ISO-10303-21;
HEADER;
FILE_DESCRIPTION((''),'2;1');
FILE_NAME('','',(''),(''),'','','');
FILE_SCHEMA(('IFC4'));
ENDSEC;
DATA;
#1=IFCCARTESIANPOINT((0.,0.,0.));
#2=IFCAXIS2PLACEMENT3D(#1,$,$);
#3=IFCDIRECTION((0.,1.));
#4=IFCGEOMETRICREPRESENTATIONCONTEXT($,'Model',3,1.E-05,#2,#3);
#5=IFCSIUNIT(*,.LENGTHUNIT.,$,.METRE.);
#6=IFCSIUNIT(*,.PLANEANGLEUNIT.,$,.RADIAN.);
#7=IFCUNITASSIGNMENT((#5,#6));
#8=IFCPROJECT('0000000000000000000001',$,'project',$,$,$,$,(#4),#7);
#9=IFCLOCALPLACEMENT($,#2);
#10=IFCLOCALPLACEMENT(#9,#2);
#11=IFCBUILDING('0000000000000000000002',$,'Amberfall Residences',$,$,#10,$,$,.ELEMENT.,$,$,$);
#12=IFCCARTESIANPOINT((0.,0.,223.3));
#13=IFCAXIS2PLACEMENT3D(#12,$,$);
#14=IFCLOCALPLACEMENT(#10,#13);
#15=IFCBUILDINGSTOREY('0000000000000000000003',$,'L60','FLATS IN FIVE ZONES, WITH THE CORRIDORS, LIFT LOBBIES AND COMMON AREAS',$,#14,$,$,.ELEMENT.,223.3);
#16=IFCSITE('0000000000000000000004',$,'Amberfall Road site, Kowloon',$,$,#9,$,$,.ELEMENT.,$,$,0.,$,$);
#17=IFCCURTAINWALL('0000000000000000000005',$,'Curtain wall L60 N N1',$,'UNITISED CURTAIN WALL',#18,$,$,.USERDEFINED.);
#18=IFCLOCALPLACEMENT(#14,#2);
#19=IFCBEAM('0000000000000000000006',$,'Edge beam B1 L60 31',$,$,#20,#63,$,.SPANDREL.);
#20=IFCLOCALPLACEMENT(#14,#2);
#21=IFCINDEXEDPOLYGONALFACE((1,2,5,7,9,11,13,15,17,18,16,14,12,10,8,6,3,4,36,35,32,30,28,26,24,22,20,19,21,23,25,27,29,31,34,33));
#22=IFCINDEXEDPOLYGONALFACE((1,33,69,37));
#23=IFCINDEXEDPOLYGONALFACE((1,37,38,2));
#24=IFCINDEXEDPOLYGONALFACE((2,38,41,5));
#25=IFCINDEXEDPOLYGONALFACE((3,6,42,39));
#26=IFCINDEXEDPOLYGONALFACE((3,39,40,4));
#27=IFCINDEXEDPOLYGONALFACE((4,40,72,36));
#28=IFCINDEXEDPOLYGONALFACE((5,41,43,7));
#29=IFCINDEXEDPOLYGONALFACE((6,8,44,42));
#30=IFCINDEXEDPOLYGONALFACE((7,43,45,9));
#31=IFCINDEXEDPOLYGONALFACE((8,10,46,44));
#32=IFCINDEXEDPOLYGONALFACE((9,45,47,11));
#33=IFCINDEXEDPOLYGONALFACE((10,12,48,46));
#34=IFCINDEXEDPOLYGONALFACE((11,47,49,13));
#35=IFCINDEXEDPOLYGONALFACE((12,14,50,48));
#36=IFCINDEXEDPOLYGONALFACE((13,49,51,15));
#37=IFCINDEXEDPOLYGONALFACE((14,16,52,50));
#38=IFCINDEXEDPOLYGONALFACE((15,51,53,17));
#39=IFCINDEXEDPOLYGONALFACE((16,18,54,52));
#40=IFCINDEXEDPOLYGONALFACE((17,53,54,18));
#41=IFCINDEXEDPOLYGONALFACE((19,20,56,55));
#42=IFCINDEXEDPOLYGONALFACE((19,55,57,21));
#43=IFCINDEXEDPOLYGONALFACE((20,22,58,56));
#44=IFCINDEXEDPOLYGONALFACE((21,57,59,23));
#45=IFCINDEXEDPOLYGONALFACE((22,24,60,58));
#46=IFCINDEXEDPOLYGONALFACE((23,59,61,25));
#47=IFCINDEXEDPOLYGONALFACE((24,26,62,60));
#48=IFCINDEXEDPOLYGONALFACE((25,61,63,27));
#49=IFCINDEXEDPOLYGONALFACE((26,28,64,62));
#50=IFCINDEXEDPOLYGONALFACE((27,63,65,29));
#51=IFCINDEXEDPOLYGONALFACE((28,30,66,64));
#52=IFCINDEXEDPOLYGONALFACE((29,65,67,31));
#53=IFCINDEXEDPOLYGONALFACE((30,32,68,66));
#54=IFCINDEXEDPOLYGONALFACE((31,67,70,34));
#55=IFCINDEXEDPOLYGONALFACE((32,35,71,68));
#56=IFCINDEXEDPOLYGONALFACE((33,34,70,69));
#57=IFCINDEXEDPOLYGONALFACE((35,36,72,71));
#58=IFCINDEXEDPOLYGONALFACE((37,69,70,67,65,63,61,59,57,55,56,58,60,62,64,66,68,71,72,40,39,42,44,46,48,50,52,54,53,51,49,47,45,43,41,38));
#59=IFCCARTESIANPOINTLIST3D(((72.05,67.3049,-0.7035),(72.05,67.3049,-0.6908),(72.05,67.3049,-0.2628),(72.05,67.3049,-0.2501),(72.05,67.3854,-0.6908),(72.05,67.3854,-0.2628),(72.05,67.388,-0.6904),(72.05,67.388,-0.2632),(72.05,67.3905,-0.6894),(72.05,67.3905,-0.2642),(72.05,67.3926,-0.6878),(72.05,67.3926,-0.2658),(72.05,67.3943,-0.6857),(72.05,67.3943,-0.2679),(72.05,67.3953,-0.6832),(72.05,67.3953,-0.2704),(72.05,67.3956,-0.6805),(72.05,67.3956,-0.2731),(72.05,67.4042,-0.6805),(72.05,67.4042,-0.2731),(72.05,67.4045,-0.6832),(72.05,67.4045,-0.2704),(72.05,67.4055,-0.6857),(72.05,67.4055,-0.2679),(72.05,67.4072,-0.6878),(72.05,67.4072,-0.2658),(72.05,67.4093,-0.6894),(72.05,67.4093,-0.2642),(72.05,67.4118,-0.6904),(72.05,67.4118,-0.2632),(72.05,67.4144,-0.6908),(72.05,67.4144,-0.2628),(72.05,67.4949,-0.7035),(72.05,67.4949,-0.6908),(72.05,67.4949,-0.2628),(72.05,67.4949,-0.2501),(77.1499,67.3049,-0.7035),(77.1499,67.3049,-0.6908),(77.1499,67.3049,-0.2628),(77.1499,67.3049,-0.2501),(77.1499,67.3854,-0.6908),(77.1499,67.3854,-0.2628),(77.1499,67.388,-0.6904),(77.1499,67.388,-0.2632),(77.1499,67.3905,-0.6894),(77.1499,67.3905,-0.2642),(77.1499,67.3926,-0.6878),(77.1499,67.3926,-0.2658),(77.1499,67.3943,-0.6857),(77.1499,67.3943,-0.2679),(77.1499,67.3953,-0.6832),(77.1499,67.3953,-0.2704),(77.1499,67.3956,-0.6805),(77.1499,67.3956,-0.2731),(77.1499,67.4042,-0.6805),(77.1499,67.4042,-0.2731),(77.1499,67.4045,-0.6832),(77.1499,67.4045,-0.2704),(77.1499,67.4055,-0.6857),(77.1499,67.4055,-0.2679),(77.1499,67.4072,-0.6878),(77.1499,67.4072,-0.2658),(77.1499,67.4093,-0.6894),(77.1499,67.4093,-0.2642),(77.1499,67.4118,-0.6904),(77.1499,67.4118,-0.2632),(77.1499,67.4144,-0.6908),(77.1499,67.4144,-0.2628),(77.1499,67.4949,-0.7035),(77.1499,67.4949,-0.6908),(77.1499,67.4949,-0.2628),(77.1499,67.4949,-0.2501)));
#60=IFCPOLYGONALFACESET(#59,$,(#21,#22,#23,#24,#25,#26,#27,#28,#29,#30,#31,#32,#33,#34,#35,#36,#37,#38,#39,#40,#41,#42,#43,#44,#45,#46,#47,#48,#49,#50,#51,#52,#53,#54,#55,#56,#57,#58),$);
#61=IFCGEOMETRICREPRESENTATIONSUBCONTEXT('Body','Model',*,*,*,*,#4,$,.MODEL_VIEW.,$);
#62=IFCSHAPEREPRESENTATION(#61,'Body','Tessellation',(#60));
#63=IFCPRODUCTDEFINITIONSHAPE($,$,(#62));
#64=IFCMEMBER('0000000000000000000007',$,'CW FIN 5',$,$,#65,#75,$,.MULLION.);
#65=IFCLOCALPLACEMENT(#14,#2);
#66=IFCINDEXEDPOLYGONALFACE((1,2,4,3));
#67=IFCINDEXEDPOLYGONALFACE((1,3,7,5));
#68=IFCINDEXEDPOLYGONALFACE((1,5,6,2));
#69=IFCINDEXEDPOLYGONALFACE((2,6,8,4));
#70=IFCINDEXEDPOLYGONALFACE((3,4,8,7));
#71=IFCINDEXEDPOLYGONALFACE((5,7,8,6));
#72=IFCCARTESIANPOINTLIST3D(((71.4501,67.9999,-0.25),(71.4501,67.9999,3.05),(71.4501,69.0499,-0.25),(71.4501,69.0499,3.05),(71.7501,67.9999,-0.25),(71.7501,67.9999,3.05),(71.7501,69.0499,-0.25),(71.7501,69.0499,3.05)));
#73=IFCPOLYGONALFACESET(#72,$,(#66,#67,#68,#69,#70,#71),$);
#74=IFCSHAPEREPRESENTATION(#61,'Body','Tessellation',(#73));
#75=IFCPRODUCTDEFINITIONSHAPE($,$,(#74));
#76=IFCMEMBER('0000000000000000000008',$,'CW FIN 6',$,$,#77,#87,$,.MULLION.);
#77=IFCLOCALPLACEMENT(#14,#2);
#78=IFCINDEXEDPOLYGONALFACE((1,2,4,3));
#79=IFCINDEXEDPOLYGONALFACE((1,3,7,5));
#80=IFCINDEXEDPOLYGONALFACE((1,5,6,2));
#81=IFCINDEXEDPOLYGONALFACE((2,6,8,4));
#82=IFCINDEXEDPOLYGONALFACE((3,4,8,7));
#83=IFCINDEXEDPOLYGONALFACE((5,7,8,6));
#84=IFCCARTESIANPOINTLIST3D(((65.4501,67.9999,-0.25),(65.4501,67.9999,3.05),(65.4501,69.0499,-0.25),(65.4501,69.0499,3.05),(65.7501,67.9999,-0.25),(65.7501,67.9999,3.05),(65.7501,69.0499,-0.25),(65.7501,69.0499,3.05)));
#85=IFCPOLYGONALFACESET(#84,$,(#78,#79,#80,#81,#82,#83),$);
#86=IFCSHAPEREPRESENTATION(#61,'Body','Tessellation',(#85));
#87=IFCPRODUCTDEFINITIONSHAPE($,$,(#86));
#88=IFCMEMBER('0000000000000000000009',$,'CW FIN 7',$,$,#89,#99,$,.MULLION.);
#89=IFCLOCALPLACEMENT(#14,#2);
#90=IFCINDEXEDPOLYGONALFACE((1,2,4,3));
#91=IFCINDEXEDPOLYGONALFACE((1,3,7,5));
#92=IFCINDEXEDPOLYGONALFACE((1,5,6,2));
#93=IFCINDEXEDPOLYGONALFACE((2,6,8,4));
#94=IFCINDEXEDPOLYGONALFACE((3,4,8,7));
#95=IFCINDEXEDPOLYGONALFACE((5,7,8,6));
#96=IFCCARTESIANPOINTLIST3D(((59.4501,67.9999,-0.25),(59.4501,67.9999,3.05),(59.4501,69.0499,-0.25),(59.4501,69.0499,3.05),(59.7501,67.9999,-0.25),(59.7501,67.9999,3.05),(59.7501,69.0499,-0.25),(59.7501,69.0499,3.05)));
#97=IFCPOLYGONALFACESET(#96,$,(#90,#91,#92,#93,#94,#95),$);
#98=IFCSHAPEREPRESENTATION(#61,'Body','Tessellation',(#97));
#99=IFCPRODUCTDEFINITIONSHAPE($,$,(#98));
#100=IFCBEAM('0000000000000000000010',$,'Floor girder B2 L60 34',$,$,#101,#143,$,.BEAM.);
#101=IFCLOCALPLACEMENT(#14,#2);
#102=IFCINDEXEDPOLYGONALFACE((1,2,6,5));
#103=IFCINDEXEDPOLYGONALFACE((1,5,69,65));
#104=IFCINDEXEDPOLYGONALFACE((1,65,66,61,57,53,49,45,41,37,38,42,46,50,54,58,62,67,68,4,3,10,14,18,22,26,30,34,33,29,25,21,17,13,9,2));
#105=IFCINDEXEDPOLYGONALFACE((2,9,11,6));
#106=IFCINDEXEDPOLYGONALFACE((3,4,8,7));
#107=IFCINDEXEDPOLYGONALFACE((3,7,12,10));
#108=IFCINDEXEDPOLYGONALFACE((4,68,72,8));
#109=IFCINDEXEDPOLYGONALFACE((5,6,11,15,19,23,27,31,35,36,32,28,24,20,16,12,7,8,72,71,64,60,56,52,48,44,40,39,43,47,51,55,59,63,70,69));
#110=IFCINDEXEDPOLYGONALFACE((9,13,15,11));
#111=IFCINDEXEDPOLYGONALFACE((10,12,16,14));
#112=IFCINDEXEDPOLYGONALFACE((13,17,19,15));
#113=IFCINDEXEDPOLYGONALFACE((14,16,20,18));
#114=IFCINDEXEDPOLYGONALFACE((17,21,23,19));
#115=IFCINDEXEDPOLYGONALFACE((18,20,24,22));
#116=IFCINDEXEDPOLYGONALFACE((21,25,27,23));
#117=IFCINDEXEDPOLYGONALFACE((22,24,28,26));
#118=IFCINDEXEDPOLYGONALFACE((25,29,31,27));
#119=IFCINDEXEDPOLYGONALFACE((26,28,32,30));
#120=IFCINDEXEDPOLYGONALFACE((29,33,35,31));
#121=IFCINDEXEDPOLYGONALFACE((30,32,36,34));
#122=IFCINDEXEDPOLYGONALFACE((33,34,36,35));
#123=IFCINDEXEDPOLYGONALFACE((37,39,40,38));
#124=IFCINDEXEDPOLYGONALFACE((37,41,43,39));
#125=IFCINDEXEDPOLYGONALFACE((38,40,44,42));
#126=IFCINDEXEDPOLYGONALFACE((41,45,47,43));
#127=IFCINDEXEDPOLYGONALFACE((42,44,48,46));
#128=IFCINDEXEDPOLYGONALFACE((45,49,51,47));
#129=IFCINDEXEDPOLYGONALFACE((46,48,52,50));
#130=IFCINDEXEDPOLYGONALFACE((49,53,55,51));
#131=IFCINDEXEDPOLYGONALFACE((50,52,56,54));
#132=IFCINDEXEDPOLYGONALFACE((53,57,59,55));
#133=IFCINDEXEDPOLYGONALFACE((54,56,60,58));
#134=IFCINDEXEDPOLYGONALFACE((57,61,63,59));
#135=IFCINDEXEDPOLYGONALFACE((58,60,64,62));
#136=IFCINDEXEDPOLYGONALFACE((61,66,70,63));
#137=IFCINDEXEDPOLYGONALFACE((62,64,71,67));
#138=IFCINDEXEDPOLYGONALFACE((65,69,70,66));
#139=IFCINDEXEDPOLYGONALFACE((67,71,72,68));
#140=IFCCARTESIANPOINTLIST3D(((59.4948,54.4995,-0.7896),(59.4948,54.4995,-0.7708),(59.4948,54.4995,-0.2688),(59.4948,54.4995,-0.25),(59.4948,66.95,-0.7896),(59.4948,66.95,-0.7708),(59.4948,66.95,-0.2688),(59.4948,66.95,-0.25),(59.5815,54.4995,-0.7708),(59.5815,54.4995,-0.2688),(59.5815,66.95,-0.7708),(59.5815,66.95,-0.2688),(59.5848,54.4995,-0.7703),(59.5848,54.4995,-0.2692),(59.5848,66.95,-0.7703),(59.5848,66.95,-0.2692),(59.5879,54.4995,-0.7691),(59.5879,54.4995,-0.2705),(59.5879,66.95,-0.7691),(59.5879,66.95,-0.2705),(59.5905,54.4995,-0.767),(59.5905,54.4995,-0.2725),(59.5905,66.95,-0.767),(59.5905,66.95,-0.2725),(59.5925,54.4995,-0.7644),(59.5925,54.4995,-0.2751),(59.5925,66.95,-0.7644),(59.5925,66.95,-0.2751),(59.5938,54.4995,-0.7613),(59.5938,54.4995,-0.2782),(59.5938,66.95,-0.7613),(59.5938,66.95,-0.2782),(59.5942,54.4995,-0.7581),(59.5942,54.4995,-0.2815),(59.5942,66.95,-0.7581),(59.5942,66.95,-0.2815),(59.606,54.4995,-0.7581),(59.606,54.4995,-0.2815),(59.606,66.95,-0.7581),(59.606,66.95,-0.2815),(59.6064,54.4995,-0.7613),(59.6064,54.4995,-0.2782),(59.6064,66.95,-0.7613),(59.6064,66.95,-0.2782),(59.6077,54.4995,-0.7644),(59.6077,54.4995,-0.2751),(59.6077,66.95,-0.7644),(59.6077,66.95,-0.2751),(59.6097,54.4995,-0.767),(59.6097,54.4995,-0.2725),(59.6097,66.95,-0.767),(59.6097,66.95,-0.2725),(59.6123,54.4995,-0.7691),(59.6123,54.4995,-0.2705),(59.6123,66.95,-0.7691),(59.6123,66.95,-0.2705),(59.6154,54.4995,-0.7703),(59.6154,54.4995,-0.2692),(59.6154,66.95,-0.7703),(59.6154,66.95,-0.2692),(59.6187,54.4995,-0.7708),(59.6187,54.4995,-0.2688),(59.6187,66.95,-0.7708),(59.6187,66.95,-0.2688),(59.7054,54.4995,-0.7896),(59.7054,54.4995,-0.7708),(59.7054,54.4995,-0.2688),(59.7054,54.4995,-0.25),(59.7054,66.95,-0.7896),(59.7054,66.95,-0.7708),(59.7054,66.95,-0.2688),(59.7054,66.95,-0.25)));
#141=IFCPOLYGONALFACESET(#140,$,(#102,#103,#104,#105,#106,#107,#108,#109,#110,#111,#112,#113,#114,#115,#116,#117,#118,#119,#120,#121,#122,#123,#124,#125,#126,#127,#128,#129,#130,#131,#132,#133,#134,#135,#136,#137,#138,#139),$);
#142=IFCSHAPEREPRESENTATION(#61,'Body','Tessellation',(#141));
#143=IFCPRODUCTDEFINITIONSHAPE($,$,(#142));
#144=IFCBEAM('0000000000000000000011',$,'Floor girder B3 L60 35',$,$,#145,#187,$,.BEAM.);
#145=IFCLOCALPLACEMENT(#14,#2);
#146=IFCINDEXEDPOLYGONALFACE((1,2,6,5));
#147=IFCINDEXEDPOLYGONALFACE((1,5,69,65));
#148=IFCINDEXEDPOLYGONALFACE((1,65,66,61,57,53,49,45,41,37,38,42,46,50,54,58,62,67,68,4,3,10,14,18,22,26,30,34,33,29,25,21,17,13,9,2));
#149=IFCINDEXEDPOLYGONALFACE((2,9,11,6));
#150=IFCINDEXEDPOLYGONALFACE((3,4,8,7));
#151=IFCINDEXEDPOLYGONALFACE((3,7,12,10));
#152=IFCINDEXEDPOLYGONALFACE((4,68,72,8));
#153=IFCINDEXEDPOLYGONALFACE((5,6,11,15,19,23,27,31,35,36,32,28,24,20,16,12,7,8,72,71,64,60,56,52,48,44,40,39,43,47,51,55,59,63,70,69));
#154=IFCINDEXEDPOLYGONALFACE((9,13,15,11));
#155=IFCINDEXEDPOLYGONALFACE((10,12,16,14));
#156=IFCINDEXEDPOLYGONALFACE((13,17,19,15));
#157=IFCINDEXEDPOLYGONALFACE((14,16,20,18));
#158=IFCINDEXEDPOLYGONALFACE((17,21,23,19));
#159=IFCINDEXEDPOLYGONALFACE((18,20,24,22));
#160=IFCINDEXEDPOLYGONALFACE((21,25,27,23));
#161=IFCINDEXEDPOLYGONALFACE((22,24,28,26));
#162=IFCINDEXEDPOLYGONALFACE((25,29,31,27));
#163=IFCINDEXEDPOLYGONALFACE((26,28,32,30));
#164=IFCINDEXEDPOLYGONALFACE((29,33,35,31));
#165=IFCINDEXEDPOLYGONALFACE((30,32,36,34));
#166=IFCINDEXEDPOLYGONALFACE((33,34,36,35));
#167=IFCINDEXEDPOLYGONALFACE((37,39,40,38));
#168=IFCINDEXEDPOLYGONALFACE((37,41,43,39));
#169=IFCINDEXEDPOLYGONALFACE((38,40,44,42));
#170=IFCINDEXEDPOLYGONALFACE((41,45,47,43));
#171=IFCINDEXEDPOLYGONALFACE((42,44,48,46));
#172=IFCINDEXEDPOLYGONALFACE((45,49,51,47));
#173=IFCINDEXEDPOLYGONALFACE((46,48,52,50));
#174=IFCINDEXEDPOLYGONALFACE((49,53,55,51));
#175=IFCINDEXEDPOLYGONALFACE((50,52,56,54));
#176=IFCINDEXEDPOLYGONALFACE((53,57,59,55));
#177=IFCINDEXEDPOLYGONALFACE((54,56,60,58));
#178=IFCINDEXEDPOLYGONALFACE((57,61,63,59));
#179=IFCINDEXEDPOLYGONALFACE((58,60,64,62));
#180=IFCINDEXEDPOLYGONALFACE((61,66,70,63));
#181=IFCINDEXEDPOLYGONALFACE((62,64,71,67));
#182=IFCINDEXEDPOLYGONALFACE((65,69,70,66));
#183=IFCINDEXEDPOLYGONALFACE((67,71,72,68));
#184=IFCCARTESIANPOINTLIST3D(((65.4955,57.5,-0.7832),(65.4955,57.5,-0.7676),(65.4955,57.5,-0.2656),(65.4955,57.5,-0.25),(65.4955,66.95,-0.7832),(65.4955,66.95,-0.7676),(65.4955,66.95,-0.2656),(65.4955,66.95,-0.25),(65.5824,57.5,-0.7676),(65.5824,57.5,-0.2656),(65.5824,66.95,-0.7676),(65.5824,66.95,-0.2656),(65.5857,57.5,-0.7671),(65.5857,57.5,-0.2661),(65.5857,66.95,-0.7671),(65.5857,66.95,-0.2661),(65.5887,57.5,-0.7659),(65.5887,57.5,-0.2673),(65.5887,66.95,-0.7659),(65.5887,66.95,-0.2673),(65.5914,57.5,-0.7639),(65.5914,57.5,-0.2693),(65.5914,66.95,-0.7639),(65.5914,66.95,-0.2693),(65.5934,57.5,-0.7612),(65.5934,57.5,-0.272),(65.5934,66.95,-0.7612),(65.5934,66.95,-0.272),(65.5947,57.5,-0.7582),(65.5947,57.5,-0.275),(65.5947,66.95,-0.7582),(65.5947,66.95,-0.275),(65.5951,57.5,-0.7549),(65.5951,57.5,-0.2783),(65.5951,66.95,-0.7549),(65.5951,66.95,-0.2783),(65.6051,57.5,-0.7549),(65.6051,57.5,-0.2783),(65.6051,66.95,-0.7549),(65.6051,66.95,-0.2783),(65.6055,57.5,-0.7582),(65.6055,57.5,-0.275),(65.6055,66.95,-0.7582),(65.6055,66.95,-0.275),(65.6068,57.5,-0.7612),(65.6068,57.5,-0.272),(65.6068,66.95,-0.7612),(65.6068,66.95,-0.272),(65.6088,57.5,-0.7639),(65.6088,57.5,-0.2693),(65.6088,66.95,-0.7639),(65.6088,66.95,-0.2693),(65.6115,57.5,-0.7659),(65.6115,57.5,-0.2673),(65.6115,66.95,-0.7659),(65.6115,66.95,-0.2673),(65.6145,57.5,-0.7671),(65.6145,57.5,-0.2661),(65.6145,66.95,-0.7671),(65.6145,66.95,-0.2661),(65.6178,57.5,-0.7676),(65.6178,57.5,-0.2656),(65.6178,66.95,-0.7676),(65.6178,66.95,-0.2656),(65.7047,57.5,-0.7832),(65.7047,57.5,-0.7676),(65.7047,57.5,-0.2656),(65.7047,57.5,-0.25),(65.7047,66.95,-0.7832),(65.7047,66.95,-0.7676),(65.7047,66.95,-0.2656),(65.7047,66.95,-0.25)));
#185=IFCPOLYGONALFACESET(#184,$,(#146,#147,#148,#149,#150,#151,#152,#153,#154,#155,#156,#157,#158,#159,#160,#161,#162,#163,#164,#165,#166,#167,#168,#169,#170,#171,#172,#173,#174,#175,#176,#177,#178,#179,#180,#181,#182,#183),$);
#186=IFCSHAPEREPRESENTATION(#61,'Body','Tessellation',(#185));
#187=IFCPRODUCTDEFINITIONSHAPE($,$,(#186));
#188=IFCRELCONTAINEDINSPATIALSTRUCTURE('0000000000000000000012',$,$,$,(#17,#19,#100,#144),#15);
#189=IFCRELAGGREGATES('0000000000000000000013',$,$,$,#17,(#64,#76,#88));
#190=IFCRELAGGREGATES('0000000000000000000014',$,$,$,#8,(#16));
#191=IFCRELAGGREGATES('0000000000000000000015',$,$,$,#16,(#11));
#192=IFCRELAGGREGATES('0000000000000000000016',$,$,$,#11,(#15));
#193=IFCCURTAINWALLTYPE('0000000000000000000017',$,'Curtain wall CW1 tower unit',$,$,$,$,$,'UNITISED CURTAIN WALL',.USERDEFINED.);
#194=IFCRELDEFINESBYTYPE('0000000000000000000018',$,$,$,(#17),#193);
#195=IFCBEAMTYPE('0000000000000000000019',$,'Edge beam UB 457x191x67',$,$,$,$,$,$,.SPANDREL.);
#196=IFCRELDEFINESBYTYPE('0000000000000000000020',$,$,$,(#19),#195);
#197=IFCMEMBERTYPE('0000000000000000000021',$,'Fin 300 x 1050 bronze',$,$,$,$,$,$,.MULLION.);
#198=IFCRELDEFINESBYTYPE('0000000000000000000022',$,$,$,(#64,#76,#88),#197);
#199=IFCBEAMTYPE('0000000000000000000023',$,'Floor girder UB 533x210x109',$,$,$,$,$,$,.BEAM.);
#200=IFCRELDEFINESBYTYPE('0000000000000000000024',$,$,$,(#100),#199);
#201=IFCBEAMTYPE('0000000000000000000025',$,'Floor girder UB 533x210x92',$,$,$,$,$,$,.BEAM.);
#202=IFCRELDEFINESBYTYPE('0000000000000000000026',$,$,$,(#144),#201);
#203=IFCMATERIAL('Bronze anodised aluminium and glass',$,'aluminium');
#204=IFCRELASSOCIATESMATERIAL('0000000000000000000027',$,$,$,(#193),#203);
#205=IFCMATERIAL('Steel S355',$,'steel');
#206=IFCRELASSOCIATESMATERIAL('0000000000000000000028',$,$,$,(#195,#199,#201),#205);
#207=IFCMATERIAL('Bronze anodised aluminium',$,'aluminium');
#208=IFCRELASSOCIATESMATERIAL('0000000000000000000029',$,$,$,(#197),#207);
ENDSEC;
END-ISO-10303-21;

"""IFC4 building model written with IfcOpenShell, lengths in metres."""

from ifc_helpers import new_model, si_unit, direction, frame, origin, origin_2d, place, context, subcontext, project, spatial, rectangle, i_section, extrude, material, material_profile, profile_set, type_object, element, aggregate, save


model = new_model("IFC4")

# Units and contexts
model_context = context("Model", 3, precision=1e-05, world=origin(), true_north=direction((0.0, 1.0)))
body_context = subcontext(model_context, "Body", "Model", "MODEL_VIEW")
ifc_project = project(units=[si_unit("LENGTHUNIT", "METRE"), si_unit("PLANEANGLEUNIT", "RADIAN")], contexts=[model_context])

# Site, building, storey
site_placement = place(None, origin())
site = spatial("IfcSite", under=ifc_project, at=site_placement, Name="Amberfall Road site, Kowloon", CompositionType="ELEMENT", RefElevation=0.0)
building_placement = place(site_placement, origin())
building = spatial("IfcBuilding", under=site, at=building_placement, Name="Amberfall Residences", CompositionType="ELEMENT")
storey_placement = place(building_placement, frame((0.0, 0.0, 223.3)))
storey = spatial("IfcBuildingStorey", under=building, at=storey_placement, Name="L60", Description="FLATS IN FIVE ZONES, WITH THE CORRIDORS, LIFT LOBBIES AND COMMON AREAS", CompositionType="ELEMENT", Elevation=223.3)

# Curtain wall
ifc_material_1 = material(Name="Bronze anodised aluminium and glass", Category="aluminium")
curtain_wall_type = type_object("IfcCurtainWallType", Name="Curtain wall CW1 tower unit", ElementType="UNITISED CURTAIN WALL", PredefinedType="USERDEFINED", material=ifc_material_1)
curtain_wall_placement = place(storey_placement, origin())
curtain_wall = element("IfcCurtainWall", 1, at=curtain_wall_placement, inside=storey, type_object=curtain_wall_type, Name="Curtain wall L60 N N1", ObjectType="UNITISED CURTAIN WALL", PredefinedType="USERDEFINED")
ifc_material_2 = material(Name="Bronze anodised aluminium", Category="aluminium")

# Beam
ifc_material_3 = material(Name="Steel S355", Category="steel")
ifc_material_profile_1 = material_profile(ifc_material_3, i_section(OverallWidth=0.1899, OverallDepth=0.4534, WebThickness=0.0085, FlangeThickness=0.0127, FilletRadius=0.0103, at=origin_2d()), Name="UB 457x191x67")
ifc_profile_set_1 = profile_set([ifc_material_profile_1], Name="Steel S355")
beam_type_1 = type_object("IfcBeamType", Name="Edge beam UB 457x191x67", PredefinedType="SPANDREL", material=ifc_profile_set_1)
for number, where, z_axis, x_axis, name in (
    (2, (72.05, 67.3999, -0.4768), (1.0, 0.0, 0.0), (0.0, 1.0, 0.0), "Edge beam B1 L60 31"),
):
    element("IfcBeam", number, at=place(storey_placement, frame(where, z_axis=z_axis, x_axis=x_axis)), inside=storey, type_object=beam_type_1, Name=name, PredefinedType="SPANDREL", context=body_context, shape_type="SweptSolid", body=[
        extrude(i_section(OverallWidth=0.1899, OverallDepth=0.4534, WebThickness=0.0085, FlangeThickness=0.0127, FilletRadius=0.0103, at=origin_2d()), origin(), (0.0, 0.0, 1.0), 5.0999),
    ])

# Members
ifc_material_profile_2 = material_profile(ifc_material_2, rectangle(XDim=1.05, YDim=0.3, at=origin_2d()), Name="Fin 300 x 1050 bronze")
ifc_profile_set_2 = profile_set([ifc_material_profile_2], Name="Bronze anodised aluminium")
member_type_1 = type_object("IfcMemberType", Name="Fin 300 x 1050 bronze", PredefinedType="MULLION", material=ifc_profile_set_2)
member_1_placement = place(storey_placement, frame((71.6001, 68.5249, -0.25), z_axis=(0.0, 0.0, 1.0), x_axis=(0.0, -1.0, 0.0)))
member_1 = element("IfcMember", 3, at=member_1_placement, type_object=member_type_1, Name="CW FIN 5", PredefinedType="MULLION", context=body_context, shape_type="SweptSolid", body=[
    extrude(rectangle(XDim=1.05, YDim=0.3, at=origin_2d()), origin(), (0.0, 0.0, 1.0), 3.3),
])
member_2_placement = place(storey_placement, frame((65.6001, 68.5249, -0.25), z_axis=(0.0, 0.0, 1.0), x_axis=(0.0, -1.0, 0.0)))
member_2 = element("IfcMember", 4, at=member_2_placement, type_object=member_type_1, Name="CW FIN 6", PredefinedType="MULLION", context=body_context, shape_type="SweptSolid", body=[
    extrude(rectangle(XDim=1.05, YDim=0.3, at=origin_2d()), origin(), (0.0, 0.0, 1.0), 3.3),
])
member_3_placement = place(storey_placement, frame((59.6001, 68.5249, -0.25), z_axis=(0.0, 0.0, 1.0), x_axis=(0.0, -1.0, 0.0)))
member_3 = element("IfcMember", 5, at=member_3_placement, type_object=member_type_1, Name="CW FIN 7", PredefinedType="MULLION", context=body_context, shape_type="SweptSolid", body=[
    extrude(rectangle(XDim=1.05, YDim=0.3, at=origin_2d()), origin(), (0.0, 0.0, 1.0), 3.3),
])

# Beams
ifc_material_profile_3 = material_profile(ifc_material_3, i_section(OverallWidth=0.2107, OverallDepth=0.5396, WebThickness=0.0117, FlangeThickness=0.0188, FilletRadius=0.0127, at=origin_2d()), Name="UB 533x210x109")
ifc_profile_set_3 = profile_set([ifc_material_profile_3], Name="Steel S355")
beam_type_2 = type_object("IfcBeamType", Name="Floor girder UB 533x210x109", PredefinedType="BEAM", material=ifc_profile_set_3)
beam_placement = place(storey_placement, frame((59.6001, 66.95, -0.5198), z_axis=(0.0, -1.0, 0.0), x_axis=(1.0, 0.0, 0.0)))
element("IfcBeam", 6, at=beam_placement, inside=storey, type_object=beam_type_2, Name="Floor girder B2 L60 34", PredefinedType="BEAM", context=body_context, shape_type="SweptSolid", body=[
    extrude(i_section(OverallWidth=0.2107, OverallDepth=0.5396, WebThickness=0.0117, FlangeThickness=0.0188, FilletRadius=0.0127, at=origin_2d()), origin(), (0.0, 0.0, 1.0), 12.4504),
])
ifc_material_profile_4 = material_profile(ifc_material_3, i_section(OverallWidth=0.2092, OverallDepth=0.5332, WebThickness=0.01, FlangeThickness=0.0156, FilletRadius=0.0127, at=origin_2d()), Name="UB 533x210x92")
ifc_profile_set_4 = profile_set([ifc_material_profile_4], Name="Steel S355")
beam_type_3 = type_object("IfcBeamType", Name="Floor girder UB 533x210x92", PredefinedType="BEAM", material=ifc_profile_set_4)
for number, where, z_axis, x_axis, name in (
    (7, (65.6001, 66.95, -0.5166), (0.0, -1.0, 0.0), (1.0, 0.0, 0.0), "Floor girder B3 L60 35"),
):
    element("IfcBeam", number, at=place(storey_placement, frame(where, z_axis=z_axis, x_axis=x_axis)), inside=storey, type_object=beam_type_3, Name=name, PredefinedType="BEAM", context=body_context, shape_type="SweptSolid", body=[
        extrude(i_section(OverallWidth=0.2092, OverallDepth=0.5332, WebThickness=0.01, FlangeThickness=0.0156, FilletRadius=0.0127, at=origin_2d()), origin(), (0.0, 0.0, 1.0), 9.45),
    ])

aggregate(curtain_wall, [member_1, member_2, member_3])

save(model, "model.ifc")
